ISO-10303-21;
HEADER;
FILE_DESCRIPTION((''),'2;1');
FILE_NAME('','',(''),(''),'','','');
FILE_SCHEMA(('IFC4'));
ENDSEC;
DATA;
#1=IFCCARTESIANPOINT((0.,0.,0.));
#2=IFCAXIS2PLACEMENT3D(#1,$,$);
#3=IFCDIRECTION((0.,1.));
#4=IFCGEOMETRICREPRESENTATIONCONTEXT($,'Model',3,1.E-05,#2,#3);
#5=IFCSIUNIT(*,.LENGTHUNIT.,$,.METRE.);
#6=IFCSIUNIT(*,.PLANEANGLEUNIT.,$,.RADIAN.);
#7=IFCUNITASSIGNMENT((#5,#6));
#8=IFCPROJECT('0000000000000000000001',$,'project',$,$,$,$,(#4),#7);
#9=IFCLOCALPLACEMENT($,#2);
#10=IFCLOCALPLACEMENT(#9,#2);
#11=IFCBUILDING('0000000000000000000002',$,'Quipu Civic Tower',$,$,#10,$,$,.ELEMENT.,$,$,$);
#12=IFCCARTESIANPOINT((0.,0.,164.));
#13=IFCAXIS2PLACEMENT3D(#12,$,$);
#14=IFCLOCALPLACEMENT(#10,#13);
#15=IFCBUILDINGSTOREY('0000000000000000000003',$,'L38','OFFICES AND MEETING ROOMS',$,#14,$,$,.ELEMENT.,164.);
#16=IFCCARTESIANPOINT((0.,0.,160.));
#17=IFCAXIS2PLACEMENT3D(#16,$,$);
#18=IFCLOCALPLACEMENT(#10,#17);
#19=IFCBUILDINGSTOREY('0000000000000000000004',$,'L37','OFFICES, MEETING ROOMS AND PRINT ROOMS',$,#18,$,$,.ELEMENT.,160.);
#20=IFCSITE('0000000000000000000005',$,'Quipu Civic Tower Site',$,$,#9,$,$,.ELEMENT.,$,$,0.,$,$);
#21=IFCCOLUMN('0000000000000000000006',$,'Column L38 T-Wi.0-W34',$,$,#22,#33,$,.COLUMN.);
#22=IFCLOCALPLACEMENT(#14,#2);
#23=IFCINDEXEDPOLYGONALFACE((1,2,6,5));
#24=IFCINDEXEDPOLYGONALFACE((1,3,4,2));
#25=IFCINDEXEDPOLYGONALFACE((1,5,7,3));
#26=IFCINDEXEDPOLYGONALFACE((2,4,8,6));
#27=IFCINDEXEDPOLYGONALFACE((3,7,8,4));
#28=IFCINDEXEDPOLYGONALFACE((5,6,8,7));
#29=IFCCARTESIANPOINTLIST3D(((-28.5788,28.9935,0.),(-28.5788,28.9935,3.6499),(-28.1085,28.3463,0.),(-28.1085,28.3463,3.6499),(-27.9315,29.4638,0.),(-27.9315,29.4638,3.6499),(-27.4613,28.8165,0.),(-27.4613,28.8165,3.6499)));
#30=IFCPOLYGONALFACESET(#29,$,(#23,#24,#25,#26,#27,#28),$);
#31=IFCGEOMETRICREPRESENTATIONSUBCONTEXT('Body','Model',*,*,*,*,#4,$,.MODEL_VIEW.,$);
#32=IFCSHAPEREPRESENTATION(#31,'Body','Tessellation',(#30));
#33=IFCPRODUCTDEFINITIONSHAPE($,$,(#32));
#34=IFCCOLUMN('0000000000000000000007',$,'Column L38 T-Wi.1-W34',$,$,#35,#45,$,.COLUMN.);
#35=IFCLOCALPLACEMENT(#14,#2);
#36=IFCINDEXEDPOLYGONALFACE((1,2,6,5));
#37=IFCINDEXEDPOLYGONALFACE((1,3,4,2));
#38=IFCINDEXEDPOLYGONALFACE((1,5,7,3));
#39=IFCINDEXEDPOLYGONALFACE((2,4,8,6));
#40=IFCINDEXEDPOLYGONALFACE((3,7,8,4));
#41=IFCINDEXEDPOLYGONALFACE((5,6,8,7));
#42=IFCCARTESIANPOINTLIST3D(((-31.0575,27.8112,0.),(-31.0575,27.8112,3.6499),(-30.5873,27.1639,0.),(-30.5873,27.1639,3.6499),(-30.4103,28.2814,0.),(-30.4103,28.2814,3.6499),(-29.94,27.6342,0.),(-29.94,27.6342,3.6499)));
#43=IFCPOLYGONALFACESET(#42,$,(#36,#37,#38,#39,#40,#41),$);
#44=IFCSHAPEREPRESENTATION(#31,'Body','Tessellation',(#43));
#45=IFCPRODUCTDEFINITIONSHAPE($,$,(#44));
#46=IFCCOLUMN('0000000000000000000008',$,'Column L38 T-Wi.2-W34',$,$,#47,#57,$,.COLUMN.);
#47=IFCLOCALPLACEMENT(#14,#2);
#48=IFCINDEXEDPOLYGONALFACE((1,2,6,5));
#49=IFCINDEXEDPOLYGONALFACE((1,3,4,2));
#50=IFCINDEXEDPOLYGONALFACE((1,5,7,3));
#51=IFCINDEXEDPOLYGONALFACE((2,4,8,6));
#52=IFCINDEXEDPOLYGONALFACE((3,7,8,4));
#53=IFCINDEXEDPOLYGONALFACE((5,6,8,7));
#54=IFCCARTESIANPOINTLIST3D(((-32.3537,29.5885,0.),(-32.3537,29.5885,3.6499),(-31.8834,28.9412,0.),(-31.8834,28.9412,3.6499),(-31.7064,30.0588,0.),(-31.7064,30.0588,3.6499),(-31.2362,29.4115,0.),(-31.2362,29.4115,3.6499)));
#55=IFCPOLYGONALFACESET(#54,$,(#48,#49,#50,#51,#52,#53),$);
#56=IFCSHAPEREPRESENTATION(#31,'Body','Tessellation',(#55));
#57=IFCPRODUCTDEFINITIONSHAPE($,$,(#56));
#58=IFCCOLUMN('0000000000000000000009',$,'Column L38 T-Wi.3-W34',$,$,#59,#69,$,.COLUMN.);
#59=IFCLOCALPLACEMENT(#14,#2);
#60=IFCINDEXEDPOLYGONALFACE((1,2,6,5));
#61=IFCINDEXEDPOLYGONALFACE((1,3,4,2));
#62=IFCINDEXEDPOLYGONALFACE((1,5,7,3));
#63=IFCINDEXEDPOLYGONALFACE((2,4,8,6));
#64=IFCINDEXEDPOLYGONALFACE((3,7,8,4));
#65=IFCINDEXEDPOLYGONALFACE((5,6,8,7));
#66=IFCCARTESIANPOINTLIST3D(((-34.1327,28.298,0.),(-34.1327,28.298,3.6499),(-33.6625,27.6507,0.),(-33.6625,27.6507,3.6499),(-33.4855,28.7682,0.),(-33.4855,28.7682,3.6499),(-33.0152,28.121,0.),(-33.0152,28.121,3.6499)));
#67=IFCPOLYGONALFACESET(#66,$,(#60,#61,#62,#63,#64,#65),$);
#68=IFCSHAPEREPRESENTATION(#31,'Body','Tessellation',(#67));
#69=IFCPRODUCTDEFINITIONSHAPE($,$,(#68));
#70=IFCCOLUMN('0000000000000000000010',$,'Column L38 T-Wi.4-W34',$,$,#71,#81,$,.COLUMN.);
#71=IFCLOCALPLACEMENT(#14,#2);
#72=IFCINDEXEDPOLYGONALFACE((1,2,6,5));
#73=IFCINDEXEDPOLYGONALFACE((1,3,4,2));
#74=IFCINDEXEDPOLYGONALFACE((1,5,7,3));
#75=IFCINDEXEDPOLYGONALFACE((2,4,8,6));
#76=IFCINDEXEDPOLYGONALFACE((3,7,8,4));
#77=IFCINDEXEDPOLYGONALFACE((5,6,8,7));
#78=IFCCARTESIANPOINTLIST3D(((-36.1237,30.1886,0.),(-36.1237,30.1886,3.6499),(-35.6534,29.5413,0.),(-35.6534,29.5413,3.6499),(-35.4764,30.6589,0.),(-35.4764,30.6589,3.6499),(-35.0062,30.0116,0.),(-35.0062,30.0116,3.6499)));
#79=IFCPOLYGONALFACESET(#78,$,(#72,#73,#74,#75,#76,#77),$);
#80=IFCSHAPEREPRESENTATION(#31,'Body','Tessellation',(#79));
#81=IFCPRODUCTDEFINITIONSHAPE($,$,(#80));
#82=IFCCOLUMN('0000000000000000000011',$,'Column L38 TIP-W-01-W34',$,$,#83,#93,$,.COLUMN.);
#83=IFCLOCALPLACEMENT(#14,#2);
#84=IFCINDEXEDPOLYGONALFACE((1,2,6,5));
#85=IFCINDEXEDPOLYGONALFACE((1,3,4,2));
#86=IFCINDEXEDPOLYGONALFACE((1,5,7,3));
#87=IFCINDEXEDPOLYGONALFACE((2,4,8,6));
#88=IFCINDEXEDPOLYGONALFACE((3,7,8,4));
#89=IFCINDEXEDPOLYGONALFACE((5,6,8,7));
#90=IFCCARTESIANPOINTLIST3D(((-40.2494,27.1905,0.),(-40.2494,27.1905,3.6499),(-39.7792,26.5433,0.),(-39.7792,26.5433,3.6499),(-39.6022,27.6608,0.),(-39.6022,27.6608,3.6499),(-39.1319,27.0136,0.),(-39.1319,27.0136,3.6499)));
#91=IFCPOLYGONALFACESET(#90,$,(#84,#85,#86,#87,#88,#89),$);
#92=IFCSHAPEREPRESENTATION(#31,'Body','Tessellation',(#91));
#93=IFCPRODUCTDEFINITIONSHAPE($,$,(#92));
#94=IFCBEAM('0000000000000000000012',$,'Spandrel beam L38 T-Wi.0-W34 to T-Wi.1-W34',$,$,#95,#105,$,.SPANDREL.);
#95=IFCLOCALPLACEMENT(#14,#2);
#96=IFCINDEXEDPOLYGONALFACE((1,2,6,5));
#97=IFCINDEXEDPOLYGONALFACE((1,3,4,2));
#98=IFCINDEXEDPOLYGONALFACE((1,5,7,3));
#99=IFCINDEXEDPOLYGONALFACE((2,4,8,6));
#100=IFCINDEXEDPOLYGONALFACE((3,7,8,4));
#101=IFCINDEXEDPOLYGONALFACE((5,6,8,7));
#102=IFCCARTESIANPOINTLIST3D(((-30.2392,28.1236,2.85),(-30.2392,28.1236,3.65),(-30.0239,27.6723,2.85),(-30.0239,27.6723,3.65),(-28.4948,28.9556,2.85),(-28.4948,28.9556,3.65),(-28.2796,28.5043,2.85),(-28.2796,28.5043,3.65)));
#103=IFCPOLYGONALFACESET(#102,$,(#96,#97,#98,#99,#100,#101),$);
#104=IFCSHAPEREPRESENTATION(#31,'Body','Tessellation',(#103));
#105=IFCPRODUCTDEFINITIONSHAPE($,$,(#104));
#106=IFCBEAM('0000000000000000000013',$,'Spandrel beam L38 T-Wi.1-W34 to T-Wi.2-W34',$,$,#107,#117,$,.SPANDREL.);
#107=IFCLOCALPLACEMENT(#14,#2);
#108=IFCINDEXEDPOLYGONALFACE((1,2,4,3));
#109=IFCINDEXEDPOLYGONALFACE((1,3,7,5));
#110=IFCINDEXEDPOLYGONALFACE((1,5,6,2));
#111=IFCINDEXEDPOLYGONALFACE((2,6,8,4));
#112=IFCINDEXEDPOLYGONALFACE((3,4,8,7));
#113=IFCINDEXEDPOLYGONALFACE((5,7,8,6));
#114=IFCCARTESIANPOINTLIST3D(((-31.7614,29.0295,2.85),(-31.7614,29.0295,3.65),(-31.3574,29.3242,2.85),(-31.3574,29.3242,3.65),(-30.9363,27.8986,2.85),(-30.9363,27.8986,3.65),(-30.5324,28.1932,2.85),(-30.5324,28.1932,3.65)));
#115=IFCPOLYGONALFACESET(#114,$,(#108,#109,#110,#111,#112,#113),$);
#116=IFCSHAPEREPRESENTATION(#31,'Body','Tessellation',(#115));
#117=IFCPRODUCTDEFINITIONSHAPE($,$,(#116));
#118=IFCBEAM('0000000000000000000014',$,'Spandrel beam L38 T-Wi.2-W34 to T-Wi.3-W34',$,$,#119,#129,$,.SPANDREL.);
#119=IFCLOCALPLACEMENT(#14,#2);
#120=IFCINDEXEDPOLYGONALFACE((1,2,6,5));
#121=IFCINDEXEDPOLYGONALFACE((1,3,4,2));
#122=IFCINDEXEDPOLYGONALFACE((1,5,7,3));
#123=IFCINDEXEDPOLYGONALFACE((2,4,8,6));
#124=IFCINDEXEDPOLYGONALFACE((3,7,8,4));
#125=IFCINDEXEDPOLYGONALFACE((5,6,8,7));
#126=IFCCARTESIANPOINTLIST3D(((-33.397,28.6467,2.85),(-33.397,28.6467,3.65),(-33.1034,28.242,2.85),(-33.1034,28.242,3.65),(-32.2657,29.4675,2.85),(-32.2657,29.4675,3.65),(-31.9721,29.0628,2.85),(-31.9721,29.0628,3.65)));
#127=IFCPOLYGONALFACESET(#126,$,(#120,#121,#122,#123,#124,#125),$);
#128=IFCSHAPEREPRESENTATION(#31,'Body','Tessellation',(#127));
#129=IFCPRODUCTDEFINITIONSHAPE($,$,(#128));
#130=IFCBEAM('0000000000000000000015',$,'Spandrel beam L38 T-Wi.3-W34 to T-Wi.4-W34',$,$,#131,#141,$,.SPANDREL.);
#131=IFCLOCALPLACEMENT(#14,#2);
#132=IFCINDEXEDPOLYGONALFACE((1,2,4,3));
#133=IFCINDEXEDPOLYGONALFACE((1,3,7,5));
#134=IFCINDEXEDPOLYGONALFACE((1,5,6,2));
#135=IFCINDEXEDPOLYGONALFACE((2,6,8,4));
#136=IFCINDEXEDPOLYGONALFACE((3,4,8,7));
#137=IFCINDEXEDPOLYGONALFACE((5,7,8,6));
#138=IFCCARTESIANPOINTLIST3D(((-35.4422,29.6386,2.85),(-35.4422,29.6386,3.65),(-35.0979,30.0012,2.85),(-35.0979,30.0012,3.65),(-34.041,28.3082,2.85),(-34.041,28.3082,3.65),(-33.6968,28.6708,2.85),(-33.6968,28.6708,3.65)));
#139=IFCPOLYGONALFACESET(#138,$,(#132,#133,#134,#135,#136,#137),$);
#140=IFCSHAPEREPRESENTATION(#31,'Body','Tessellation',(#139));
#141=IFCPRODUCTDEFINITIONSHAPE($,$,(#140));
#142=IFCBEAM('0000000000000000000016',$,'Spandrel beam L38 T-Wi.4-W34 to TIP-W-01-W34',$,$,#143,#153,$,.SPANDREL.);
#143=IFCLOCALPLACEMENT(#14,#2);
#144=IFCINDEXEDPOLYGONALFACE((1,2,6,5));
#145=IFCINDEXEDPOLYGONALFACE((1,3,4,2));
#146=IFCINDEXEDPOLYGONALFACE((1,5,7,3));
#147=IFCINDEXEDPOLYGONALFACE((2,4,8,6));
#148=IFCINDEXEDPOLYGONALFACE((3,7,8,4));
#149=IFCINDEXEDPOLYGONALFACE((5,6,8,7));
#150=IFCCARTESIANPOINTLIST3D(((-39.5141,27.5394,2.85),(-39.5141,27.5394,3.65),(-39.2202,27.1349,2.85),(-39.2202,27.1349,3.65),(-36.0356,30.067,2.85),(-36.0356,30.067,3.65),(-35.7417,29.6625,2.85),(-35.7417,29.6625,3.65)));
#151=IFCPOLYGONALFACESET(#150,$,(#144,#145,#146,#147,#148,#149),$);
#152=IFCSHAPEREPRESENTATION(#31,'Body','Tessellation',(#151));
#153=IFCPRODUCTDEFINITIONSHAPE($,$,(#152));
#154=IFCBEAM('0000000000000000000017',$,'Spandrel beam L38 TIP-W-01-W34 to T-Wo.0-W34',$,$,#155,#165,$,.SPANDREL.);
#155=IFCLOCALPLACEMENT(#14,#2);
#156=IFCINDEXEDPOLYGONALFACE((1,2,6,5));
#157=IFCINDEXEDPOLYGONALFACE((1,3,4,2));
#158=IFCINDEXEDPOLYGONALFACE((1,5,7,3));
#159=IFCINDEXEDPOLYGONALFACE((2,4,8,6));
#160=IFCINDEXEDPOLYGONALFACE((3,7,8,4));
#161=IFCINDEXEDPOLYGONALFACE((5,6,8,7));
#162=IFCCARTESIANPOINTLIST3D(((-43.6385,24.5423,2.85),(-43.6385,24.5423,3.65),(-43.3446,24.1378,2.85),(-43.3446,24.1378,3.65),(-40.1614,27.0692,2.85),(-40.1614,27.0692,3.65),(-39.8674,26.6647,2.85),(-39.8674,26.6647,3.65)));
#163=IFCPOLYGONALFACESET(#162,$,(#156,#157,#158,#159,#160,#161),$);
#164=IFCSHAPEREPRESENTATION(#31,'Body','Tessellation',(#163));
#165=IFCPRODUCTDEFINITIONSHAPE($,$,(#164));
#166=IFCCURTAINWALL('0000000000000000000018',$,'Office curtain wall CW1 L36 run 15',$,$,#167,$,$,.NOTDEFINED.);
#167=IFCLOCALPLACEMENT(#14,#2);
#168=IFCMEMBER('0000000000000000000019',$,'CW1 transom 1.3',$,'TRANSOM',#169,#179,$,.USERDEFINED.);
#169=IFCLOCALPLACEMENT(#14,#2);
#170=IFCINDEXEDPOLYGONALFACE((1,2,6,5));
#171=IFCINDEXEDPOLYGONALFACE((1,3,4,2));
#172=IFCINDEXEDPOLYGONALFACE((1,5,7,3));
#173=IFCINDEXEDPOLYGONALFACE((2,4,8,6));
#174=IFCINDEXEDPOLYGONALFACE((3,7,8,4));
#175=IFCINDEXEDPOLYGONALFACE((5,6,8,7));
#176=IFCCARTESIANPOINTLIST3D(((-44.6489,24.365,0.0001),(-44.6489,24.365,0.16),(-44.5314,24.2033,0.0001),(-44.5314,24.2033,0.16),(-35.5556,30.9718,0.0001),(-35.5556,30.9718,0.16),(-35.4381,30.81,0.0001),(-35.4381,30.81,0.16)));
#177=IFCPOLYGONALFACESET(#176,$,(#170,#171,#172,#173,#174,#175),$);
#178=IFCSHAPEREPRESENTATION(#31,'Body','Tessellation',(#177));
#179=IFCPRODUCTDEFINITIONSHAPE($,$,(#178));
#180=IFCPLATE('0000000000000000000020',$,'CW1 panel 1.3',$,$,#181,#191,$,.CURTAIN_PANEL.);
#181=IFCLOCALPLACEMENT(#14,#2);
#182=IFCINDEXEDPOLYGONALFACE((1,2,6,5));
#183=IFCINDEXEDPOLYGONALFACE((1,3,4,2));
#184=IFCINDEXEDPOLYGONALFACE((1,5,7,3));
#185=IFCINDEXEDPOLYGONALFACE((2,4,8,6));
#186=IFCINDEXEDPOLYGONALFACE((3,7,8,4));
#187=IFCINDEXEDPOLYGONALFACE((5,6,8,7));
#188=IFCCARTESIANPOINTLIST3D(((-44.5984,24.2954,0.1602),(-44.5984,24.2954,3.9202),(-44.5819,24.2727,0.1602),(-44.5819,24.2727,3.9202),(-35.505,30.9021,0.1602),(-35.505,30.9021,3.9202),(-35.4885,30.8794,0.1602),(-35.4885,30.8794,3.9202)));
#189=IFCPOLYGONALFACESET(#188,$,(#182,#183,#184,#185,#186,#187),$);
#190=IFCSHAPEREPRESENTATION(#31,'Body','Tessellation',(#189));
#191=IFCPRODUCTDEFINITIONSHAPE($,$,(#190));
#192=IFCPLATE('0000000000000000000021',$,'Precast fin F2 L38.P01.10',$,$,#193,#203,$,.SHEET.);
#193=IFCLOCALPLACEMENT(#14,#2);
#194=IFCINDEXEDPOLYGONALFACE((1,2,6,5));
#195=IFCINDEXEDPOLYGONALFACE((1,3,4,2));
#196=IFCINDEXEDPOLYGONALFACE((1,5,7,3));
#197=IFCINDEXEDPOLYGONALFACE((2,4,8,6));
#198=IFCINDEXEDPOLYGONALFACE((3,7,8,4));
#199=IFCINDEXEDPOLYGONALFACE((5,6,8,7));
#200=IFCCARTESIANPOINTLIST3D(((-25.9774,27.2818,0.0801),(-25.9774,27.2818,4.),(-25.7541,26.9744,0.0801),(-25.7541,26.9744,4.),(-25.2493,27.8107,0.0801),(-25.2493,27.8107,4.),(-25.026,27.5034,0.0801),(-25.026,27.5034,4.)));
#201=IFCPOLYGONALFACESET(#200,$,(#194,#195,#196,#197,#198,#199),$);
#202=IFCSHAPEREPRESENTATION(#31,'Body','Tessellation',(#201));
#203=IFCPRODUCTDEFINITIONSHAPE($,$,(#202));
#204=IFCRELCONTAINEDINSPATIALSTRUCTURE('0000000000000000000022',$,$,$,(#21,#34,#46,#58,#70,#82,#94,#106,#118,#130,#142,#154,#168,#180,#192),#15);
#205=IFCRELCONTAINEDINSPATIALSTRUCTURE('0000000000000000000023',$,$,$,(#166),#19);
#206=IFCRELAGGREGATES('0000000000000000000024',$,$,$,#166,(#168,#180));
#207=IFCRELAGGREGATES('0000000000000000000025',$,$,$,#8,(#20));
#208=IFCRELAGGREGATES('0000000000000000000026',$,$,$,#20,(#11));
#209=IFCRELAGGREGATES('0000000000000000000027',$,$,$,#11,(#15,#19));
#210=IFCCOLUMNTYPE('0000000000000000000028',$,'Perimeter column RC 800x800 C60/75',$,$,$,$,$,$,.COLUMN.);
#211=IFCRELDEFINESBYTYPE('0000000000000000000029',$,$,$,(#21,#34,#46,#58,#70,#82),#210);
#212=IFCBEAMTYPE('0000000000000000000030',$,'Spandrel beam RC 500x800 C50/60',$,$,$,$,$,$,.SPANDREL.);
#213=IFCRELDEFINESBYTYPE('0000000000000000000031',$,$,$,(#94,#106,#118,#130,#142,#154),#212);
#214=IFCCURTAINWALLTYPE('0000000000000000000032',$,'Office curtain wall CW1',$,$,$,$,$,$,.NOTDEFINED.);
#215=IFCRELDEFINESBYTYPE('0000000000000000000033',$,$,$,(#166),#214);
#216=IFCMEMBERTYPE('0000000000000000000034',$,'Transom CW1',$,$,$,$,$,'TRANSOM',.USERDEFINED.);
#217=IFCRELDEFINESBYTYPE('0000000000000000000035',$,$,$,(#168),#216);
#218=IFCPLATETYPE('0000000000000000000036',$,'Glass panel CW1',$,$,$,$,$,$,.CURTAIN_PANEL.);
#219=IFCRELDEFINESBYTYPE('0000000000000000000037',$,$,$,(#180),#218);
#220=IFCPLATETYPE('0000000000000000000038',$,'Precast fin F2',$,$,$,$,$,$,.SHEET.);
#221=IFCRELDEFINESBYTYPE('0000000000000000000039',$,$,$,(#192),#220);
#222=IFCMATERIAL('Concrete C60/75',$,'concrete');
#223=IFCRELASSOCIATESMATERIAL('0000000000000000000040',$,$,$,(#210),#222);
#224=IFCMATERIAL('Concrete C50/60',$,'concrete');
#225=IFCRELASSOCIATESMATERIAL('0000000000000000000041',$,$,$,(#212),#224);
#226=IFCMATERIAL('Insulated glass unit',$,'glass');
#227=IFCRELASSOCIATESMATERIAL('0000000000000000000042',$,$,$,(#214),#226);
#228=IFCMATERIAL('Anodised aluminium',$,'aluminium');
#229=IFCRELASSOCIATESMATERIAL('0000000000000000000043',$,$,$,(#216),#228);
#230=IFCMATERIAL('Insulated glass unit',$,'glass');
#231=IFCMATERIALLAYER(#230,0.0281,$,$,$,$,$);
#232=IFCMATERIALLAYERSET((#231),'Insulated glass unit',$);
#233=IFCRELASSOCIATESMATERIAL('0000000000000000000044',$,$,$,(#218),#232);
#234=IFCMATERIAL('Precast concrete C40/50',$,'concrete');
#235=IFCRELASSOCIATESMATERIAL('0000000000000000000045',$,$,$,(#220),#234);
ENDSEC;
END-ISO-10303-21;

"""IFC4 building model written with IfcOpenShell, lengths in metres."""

from ifc_helpers import new_model, si_unit, direction, frame, origin, origin_2d, place, context, subcontext, project, spatial, rectangle, extrude, material, layer, layer_set, material_profile, profile_set, type_object, element, aggregate, save


model = new_model("IFC4")

# Units and contexts
model_context = context("Model", 3, precision=1e-05, world=origin(), true_north=direction((0.0, 1.0)))
body_context = subcontext(model_context, "Body", "Model", "MODEL_VIEW")
ifc_project = project(units=[si_unit("LENGTHUNIT", "METRE"), si_unit("PLANEANGLEUNIT", "RADIAN")], contexts=[model_context])

# Site, building, storey
site_placement = place(None, origin())
site = spatial("IfcSite", under=ifc_project, at=site_placement, Name="Quipu Civic Tower Site", CompositionType="ELEMENT", RefElevation=0.0)
building_placement = place(site_placement, origin())
building = spatial("IfcBuilding", under=site, at=building_placement, Name="Quipu Civic Tower", CompositionType="ELEMENT")
storey_1_placement = place(building_placement, frame((0.0, 0.0, 164.0)))
storey_1 = spatial("IfcBuildingStorey", under=building, at=storey_1_placement, Name="L38", Description="OFFICES AND MEETING ROOMS", CompositionType="ELEMENT", Elevation=164.0)

# Columns
ifc_material_1 = material(Name="Concrete C60/75", Category="concrete")
ifc_material_profile_1 = material_profile(ifc_material_1, rectangle(XDim=0.8, YDim=0.8, at=origin_2d()), Name="RC800x800")
ifc_profile_set_1 = profile_set([ifc_material_profile_1], Name="Concrete C60/75")
column_type = type_object("IfcColumnType", Name="Perimeter column RC 800x800 C60/75", PredefinedType="COLUMN", material=ifc_profile_set_1)
for number, where, z_axis, x_axis, name in (
    (1, (-28.02, 28.905, 0.0), (0.0, 0.0, 1.0), (-0.809017, -0.587785, 0.0), "Column L38 T-Wi.0-W34"),
    (2, (-30.4988, 27.7227, 0.0), (0.0, 0.0, 1.0), (-0.809017, -0.587785, 0.0), "Column L38 T-Wi.1-W34"),
    (3, (-31.7949, 29.5, 0.0), (0.0, 0.0, 1.0), (-0.587785, 0.809017, 0.0), "Column L38 T-Wi.2-W34"),
    (4, (-33.574, 28.2095, 0.0), (0.0, 0.0, 1.0), (-0.587785, 0.809017, 0.0), "Column L38 T-Wi.3-W34"),
    (5, (-35.5649, 30.1001, 0.0), (0.0, 0.0, 1.0), (-0.809017, -0.587785, 0.0), "Column L38 T-Wi.4-W34"),
    (6, (-39.6907, 27.1021, 0.0), (0.0, 0.0, 1.0), (-0.809017, -0.587785, 0.0), "Column L38 TIP-W-01-W34"),
):
    element("IfcColumn", number, at=place(storey_1_placement, frame(where, z_axis=z_axis, x_axis=x_axis)), inside=storey_1, type_object=column_type, Name=name, PredefinedType="COLUMN", context=body_context, shape_type="SweptSolid", body=[
        extrude(rectangle(XDim=0.8, YDim=0.8, at=origin_2d()), origin(), (0.0, 0.0, 1.0), 3.6499),
    ])

# Beams
ifc_material_2 = material(Name="Concrete C50/60", Category="concrete")
ifc_material_profile_2 = material_profile(ifc_material_2, rectangle(XDim=0.5, YDim=0.8, at=origin_2d()), Name="RC500x800")
ifc_profile_set_2 = profile_set([ifc_material_profile_2], Name="Concrete C50/60")
beam_type = type_object("IfcBeamType", Name="Spandrel beam RC 500x800 C50/60", PredefinedType="SPANDREL", material=ifc_profile_set_2)
beam_1_placement = place(storey_1_placement, frame((-28.3872, 28.73, 3.25), z_axis=(-0.902585, -0.430512, 0.0), x_axis=(0.430512, -0.902585, 0.0)))
element("IfcBeam", 7, at=beam_1_placement, inside=storey_1, type_object=beam_type, Name="Spandrel beam L38 T-Wi.0-W34 to T-Wi.1-W34", PredefinedType="SPANDREL", context=body_context, shape_type="SweptSolid", body=[
    extrude(rectangle(XDim=0.5, YDim=0.8, at=origin_2d()), origin(), (0.0, 0.0, 1.0), 1.9326),
])
beam_2_placement = place(storey_1_placement, frame((-30.7344, 28.0459, 3.25), z_axis=(-0.589343, 0.807883, 0.0), x_axis=(-0.807883, -0.589343, 0.0)))
element("IfcBeam", 8, at=beam_2_placement, inside=storey_1, type_object=beam_type, Name="Spandrel beam L38 T-Wi.1-W34 to T-Wi.2-W34", PredefinedType="SPANDREL", context=body_context, shape_type="SweptSolid", body=[
    extrude(rectangle(XDim=0.5, YDim=0.8, at=origin_2d()), origin(), (0.0, 0.0, 1.0), 1.3999),
])
beam_3_placement = place(storey_1_placement, frame((-32.1189, 29.2651, 3.25), z_axis=(-0.809415, -0.587237, 0.0), x_axis=(0.587237, -0.809415, 0.0)))
element("IfcBeam", 9, at=beam_3_placement, inside=storey_1, type_object=beam_type, Name="Spandrel beam L38 T-Wi.2-W34 to T-Wi.3-W34", PredefinedType="SPANDREL", context=body_context, shape_type="SweptSolid", body=[
    extrude(rectangle(XDim=0.5, YDim=0.8, at=origin_2d()), origin(), (0.0, 0.0, 1.0), 1.3977),
])
beam_4_placement = place(storey_1_placement, frame((-33.8689, 28.4895, 3.25), z_axis=(-0.725192, 0.688547, 0.0), x_axis=(-0.688547, -0.725192, 0.0)))
element("IfcBeam", 10, at=beam_4_placement, inside=storey_1, type_object=beam_type, Name="Spandrel beam L38 T-Wi.3-W34 to T-Wi.4-W34", PredefinedType="SPANDREL", context=body_context, shape_type="SweptSolid", body=[
    extrude(rectangle(XDim=0.5, YDim=0.8, at=origin_2d()), origin(), (0.0, 0.0, 1.0), 1.9321),
])
beam_5_placement = place(storey_1_placement, frame((-35.8887, 29.8647, 3.25), z_axis=(-0.808984, -0.587831, 0.0), x_axis=(0.587831, -0.808984, 0.0)))
element("IfcBeam", 11, at=beam_5_placement, inside=storey_1, type_object=beam_type, Name="Spandrel beam L38 T-Wi.4-W34 to TIP-W-01-W34", PredefinedType="SPANDREL", context=body_context, shape_type="SweptSolid", body=[
    extrude(rectangle(XDim=0.5, YDim=0.8, at=origin_2d()), origin(), (0.0, 0.0, 1.0), 4.2998),
])
beam_6_placement = place(storey_1_placement, frame((-40.0144, 26.8669, 3.25), z_axis=(-0.808947, -0.587881, 0.0), x_axis=(0.587881, -0.808947, 0.0)))
element("IfcBeam", 12, at=beam_6_placement, inside=storey_1, type_object=beam_type, Name="Spandrel beam L38 TIP-W-01-W34 to T-Wo.0-W34", PredefinedType="SPANDREL", context=body_context, shape_type="SweptSolid", body=[
    extrude(rectangle(XDim=0.5, YDim=0.8, at=origin_2d()), origin(), (0.0, 0.0, 1.0), 4.2983),
])

# Shared definitions
storey_2_placement = place(building_placement, frame((0.0, 0.0, 160.0)))
storey_2 = spatial("IfcBuildingStorey", under=building, at=storey_2_placement, Name="L37", Description="OFFICES, MEETING ROOMS AND PRINT ROOMS", CompositionType="ELEMENT", Elevation=160.0)

# Curtain wall, member, plate
ifc_material_3 = material(Name="Insulated glass unit", Category="glass")
curtain_wall_type = type_object("IfcCurtainWallType", Name="Office curtain wall CW1", PredefinedType="NOTDEFINED", material=ifc_material_3)
curtain_wall_placement = place(storey_2_placement, origin())
curtain_wall = element("IfcCurtainWall", 13, at=curtain_wall_placement, inside=storey_2, type_object=curtain_wall_type, Name="Office curtain wall CW1 L36 run 15", PredefinedType="NOTDEFINED")
ifc_material_4 = material(Name="Anodised aluminium", Category="aluminium")
ifc_material_profile_3 = material_profile(ifc_material_4, rectangle(XDim=0.2, YDim=0.1599, at=origin_2d()), Name="RECT 200x160")
ifc_profile_set_3 = profile_set([ifc_material_profile_3], Name="Anodised aluminium")
member_type = type_object("IfcMemberType", Name="Transom CW1", ElementType="TRANSOM", PredefinedType="USERDEFINED", material=ifc_profile_set_3)
member_placement = place(storey_1_placement, frame((-35.4968, 30.8909, 0.0801), z_axis=(-0.809015, -0.587788, 0.0), x_axis=(0.587788, -0.809015, 0.0)))
member = element("IfcMember", 14, at=member_placement, inside=storey_1, type_object=member_type, Name="CW1 transom 1.3", ObjectType="TRANSOM", PredefinedType="USERDEFINED", context=body_context, shape_type="SweptSolid", body=[
    extrude(rectangle(XDim=0.2, YDim=0.1599, at=origin_2d()), origin(), (0.0, 0.0, 1.0), 11.24),
])
ifc_material_5 = material(Name="Insulated glass unit", Category="glass")
ifc_layer_1 = layer(ifc_material_5, 0.0281)
ifc_layer_set_1 = layer_set([ifc_layer_1], Name="Insulated glass unit")
plate_type_1 = type_object("IfcPlateType", Name="Glass panel CW1", PredefinedType="CURTAIN_PANEL", material=ifc_layer_set_1)
plate_placement = place(storey_1_placement, frame((-40.0435, 27.5874, 0.1602), z_axis=(0.0, 0.0, 1.0), x_axis=(-0.809015, -0.587788, 0.0)))
plate = element("IfcPlate", 15, at=plate_placement, inside=storey_1, type_object=plate_type_1, Name="CW1 panel 1.3", PredefinedType="CURTAIN_PANEL", context=body_context, shape_type="SweptSolid", body=[
    extrude(rectangle(XDim=11.24, YDim=0.0281, at=origin_2d()), origin(), (0.0, 0.0, 1.0), 3.76),
])
aggregate(curtain_wall, [member, plate])

# Plate
ifc_material_6 = material(Name="Precast concrete C40/50", Category="concrete")
plate_type_2 = type_object("IfcPlateType", Name="Precast fin F2", PredefinedType="SHEET", material=ifc_material_6)
for number, where, z_axis, x_axis, name in (
    (16, (-25.5017, 27.3926, 0.0801), (0.0, 0.0, 1.0), (-0.587787, 0.809016, 0.0), "Precast fin F2 L38.P01.10"),
):
    element("IfcPlate", number, at=place(storey_1_placement, frame(where, z_axis=z_axis, x_axis=x_axis)), inside=storey_1, type_object=plate_type_2, Name=name, PredefinedType="SHEET", context=body_context, shape_type="SweptSolid", body=[
        extrude(rectangle(XDim=0.3799, YDim=0.8999, at=origin_2d()), origin(), (0.0, 0.0, 1.0), 3.9199),
    ])

save(model, "model.ifc")
